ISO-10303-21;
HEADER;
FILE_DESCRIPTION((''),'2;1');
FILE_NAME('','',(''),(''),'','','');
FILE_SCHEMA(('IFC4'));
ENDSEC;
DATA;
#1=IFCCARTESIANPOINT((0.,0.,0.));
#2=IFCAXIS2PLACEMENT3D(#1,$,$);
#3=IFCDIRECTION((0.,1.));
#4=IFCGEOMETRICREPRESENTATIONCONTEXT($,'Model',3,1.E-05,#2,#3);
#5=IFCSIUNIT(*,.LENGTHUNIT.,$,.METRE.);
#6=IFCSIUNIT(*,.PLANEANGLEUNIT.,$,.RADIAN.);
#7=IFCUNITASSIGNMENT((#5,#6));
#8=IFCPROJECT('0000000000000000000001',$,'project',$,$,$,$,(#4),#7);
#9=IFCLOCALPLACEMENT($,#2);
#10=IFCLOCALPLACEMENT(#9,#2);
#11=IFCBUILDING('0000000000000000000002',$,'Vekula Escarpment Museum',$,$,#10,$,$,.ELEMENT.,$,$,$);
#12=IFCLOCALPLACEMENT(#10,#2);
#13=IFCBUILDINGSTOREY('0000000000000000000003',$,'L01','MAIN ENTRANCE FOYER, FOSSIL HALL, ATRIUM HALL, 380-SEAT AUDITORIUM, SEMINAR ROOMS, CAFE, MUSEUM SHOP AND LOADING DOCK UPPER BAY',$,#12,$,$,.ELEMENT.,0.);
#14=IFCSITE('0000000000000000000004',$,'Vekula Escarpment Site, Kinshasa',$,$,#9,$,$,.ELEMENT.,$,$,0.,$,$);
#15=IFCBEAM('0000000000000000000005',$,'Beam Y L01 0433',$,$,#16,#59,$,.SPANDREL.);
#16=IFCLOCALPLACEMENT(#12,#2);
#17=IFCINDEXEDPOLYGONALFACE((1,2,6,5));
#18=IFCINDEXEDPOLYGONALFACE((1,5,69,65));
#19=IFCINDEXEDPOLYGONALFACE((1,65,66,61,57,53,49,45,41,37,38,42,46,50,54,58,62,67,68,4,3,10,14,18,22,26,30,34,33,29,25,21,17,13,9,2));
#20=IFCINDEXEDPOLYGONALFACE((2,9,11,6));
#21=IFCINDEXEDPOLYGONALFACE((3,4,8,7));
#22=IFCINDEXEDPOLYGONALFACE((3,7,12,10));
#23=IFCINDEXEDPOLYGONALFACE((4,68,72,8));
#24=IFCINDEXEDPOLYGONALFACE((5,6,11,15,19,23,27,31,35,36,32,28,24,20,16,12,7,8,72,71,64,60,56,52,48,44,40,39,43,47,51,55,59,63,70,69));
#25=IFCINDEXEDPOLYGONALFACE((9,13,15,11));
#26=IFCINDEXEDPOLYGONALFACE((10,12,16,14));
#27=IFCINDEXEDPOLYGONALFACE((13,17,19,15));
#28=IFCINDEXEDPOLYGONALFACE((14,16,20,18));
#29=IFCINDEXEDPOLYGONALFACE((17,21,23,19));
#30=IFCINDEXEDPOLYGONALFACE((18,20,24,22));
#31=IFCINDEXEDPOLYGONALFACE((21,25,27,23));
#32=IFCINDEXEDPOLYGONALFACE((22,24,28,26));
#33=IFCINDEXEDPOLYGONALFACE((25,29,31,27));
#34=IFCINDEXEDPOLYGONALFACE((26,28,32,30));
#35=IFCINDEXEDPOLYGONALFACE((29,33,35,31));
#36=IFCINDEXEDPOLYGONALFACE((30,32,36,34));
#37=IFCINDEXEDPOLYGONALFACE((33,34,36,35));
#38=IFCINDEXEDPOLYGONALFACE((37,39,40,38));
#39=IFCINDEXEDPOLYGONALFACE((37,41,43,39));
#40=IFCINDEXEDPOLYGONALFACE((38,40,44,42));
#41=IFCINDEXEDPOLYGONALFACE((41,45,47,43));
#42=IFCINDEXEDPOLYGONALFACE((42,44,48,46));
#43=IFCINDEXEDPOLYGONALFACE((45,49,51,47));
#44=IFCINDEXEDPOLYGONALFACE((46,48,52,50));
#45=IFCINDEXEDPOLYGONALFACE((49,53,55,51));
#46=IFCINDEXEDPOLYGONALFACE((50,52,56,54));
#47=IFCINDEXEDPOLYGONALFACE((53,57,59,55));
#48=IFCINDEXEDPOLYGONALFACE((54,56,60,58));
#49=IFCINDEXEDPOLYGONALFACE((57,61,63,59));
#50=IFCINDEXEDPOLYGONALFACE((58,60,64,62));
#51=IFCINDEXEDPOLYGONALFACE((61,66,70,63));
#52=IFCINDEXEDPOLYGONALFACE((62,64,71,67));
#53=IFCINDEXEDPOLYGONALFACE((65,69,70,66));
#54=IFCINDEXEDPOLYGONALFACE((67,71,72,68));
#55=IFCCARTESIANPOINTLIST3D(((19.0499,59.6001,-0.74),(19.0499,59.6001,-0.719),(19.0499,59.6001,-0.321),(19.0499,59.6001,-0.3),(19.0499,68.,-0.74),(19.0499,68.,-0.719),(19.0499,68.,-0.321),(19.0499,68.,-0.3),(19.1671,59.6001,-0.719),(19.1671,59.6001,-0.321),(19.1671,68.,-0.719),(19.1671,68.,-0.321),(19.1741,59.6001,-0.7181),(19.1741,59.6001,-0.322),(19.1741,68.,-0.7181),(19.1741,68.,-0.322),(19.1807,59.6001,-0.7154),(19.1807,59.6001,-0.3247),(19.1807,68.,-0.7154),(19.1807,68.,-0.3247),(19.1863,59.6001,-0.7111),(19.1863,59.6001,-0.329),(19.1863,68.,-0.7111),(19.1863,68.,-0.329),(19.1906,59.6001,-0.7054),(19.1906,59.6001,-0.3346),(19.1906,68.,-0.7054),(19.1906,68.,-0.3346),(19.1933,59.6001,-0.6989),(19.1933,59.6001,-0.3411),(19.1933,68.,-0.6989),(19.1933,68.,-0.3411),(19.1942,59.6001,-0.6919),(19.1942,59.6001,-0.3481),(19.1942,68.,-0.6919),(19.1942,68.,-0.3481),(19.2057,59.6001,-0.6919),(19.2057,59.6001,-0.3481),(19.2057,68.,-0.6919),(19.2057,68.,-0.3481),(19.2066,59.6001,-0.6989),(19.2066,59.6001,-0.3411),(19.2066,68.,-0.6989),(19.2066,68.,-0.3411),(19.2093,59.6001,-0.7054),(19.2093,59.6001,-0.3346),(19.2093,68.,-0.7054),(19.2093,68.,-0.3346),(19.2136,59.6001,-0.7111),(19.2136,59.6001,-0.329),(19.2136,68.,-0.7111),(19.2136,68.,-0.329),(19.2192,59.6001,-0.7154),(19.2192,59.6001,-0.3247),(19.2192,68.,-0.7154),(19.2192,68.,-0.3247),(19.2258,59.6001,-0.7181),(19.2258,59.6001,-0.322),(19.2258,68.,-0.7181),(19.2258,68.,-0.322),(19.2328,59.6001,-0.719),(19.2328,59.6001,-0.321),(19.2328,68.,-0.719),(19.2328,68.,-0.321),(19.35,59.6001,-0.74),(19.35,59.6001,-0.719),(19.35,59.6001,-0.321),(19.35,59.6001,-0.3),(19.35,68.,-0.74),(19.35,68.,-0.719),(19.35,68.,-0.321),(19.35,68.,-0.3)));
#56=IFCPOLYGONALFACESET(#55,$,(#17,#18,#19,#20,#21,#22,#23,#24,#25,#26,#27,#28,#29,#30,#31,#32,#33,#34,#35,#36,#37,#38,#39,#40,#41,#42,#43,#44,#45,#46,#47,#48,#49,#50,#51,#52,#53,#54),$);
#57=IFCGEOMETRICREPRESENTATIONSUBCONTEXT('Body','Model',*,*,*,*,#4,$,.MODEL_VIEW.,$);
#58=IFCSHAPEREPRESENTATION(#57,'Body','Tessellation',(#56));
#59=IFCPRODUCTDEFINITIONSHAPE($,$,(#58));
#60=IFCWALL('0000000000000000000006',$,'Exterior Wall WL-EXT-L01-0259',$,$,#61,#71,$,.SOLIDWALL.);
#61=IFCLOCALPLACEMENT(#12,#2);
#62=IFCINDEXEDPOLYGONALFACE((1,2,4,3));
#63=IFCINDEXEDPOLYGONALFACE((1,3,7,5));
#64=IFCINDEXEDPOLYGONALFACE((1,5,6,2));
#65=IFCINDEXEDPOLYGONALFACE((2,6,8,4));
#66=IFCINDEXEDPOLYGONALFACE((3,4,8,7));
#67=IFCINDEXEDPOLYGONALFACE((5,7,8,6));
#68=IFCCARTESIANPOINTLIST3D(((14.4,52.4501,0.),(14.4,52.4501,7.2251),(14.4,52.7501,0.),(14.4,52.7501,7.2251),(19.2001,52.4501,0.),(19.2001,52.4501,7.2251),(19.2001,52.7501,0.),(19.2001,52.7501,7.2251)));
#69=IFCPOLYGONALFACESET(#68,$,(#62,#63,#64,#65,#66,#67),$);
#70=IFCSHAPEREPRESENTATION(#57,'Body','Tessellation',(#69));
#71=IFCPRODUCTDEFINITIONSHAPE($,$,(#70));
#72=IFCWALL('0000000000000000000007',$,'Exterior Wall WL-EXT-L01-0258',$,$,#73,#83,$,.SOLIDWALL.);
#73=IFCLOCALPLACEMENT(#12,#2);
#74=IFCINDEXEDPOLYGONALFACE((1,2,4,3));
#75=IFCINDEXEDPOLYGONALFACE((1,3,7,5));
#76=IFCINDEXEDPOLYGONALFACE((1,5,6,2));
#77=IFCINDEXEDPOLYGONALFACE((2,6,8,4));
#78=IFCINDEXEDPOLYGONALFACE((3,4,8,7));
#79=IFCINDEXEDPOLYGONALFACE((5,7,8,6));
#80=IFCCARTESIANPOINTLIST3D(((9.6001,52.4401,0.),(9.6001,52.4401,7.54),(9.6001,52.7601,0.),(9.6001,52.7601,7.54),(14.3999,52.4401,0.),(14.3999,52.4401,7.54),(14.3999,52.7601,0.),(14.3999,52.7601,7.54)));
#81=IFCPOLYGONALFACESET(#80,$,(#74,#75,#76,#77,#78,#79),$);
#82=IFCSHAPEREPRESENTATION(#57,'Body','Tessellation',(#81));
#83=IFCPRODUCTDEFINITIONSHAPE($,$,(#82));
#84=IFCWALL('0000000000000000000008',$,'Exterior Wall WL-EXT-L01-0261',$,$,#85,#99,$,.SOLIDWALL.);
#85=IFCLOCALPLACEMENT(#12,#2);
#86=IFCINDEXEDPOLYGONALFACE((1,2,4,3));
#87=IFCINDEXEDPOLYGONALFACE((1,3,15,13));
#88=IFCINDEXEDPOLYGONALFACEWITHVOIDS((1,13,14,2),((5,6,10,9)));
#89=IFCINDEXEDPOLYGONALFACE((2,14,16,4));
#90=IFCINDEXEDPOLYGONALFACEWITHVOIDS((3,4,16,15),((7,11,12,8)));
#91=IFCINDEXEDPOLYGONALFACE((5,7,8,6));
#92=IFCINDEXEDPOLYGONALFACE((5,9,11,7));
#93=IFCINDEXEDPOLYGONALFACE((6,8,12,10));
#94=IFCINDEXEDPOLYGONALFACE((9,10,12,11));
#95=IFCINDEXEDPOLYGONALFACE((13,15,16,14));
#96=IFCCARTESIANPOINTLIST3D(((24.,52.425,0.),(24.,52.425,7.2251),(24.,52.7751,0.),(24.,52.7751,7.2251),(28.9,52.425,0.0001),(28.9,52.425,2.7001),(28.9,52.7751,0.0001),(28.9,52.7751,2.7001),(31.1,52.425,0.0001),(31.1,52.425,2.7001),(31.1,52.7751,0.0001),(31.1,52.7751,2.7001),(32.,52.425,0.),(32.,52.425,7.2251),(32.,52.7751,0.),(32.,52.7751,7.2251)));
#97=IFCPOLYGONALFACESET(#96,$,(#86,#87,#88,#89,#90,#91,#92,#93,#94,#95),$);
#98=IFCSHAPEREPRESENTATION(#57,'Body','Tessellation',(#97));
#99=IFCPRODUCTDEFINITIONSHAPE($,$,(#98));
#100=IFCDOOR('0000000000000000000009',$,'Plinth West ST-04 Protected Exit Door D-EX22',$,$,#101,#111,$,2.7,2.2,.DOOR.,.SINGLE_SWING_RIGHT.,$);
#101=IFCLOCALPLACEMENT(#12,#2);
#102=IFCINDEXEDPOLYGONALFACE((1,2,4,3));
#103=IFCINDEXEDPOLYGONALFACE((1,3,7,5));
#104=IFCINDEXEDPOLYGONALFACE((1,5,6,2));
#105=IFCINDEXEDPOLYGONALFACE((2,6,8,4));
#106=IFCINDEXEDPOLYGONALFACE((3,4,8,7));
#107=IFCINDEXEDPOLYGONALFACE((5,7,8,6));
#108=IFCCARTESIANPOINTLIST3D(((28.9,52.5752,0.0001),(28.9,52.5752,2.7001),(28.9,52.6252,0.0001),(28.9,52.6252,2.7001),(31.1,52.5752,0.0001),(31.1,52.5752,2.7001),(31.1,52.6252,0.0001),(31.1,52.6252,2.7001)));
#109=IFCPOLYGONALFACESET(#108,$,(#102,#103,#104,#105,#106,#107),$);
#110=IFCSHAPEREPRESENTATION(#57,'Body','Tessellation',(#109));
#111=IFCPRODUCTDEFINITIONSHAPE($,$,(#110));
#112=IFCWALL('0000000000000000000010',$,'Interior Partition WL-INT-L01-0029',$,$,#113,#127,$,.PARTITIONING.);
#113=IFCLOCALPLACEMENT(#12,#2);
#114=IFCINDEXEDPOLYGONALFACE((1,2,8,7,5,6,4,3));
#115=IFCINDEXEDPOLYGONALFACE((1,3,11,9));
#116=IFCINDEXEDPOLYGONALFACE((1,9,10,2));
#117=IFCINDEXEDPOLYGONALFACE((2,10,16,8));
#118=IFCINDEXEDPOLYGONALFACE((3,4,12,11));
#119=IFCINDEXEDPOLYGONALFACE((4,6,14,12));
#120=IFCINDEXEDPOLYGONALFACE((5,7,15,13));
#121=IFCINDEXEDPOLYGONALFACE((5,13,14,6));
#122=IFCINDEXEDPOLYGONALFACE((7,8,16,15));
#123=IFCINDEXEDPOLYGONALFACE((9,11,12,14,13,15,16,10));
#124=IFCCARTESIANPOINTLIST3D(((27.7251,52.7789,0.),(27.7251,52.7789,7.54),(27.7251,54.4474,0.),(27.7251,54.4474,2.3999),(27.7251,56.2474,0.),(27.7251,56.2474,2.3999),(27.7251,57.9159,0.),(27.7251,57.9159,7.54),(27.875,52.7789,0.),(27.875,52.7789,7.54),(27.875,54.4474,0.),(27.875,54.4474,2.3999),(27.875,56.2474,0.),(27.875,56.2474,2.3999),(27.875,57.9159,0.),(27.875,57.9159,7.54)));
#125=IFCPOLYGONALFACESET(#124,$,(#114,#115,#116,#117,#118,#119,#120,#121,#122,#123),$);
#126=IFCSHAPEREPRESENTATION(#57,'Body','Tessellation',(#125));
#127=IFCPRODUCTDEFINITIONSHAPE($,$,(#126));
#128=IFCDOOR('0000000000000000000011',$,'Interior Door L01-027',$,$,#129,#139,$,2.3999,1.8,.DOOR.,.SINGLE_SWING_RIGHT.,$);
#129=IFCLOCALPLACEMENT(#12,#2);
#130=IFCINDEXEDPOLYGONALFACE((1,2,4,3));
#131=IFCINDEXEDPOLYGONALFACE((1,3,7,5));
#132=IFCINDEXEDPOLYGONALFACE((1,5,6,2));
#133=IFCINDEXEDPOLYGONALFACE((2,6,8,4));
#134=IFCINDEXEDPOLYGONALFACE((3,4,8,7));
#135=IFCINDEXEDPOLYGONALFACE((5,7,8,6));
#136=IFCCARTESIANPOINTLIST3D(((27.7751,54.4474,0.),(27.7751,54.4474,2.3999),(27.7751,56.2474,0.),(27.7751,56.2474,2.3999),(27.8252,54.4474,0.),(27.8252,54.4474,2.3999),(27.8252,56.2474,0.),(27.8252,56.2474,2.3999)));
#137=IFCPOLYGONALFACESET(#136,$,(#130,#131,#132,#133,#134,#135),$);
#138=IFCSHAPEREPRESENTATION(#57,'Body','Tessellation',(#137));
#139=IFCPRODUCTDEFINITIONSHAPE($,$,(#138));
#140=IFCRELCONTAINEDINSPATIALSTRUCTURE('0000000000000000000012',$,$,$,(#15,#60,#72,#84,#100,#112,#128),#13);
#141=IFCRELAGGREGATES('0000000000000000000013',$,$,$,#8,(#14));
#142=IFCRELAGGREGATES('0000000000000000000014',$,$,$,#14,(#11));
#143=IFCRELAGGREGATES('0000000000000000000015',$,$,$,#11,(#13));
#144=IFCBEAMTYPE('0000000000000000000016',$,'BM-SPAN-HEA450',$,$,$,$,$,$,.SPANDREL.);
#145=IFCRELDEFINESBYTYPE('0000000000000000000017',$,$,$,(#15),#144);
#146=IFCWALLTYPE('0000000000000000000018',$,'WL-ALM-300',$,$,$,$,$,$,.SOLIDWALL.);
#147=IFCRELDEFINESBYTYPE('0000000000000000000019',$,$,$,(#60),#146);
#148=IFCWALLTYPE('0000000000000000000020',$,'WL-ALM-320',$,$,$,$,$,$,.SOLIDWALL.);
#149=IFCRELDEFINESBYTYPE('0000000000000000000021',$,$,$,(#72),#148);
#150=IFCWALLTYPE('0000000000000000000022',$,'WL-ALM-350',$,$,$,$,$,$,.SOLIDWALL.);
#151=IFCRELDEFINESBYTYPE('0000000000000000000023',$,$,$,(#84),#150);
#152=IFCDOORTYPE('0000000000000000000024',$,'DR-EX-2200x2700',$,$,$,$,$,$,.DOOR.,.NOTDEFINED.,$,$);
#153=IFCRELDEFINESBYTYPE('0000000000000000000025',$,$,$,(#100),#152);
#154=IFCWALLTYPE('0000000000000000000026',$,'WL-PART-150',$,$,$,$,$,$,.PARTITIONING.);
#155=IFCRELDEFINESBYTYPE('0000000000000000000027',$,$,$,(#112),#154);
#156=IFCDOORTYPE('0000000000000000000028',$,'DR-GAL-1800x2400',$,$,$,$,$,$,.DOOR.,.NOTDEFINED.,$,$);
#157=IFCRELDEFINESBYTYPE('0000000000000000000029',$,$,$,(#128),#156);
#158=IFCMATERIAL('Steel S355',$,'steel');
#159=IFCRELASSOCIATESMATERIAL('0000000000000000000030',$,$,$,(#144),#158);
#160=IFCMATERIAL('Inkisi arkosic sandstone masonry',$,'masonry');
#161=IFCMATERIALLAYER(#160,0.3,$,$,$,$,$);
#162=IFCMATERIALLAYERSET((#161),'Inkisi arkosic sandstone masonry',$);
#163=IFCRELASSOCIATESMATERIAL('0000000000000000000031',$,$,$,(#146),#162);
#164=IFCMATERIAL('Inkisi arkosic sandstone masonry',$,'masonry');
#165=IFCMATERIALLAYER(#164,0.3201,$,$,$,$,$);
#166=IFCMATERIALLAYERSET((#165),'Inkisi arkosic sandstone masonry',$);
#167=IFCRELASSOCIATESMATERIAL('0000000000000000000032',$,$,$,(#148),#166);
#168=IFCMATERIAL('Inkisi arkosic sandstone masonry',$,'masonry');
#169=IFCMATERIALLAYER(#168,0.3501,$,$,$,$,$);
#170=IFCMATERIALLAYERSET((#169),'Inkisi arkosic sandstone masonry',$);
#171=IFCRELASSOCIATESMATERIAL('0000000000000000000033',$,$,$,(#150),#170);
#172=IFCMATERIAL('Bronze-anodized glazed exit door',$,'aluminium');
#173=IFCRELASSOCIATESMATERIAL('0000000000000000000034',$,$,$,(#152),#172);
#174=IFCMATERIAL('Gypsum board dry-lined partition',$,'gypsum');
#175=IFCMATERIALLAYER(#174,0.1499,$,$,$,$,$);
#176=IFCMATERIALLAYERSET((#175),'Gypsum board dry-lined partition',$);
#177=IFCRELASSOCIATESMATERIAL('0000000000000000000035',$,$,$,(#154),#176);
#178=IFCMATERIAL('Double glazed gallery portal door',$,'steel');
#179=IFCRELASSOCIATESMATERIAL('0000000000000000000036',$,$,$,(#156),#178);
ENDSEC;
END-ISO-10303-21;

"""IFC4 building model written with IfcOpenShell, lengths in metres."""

from ifc_helpers import new_model, si_unit, direction, frame, frame_2d, origin, origin_2d, place, context, subcontext, project, spatial, rectangle, i_section, extrude, material, layer, layer_set, material_profile, profile_set, type_object, element, fill, save


model = new_model("IFC4")

# Units and contexts
model_context = context("Model", 3, precision=1e-05, world=origin(), true_north=direction((0.0, 1.0)))
body_context = subcontext(model_context, "Body", "Model", "MODEL_VIEW")
ifc_project = project(units=[si_unit("LENGTHUNIT", "METRE"), si_unit("PLANEANGLEUNIT", "RADIAN")], contexts=[model_context])

# Site, building, storey
site_placement = place(None, origin())
site = spatial("IfcSite", under=ifc_project, at=site_placement, Name="Vekula Escarpment Site, Kinshasa", CompositionType="ELEMENT", RefElevation=0.0)
building_placement = place(site_placement, origin())
building = spatial("IfcBuilding", under=site, at=building_placement, Name="Vekula Escarpment Museum", CompositionType="ELEMENT")
storey_placement = place(building_placement, origin())
storey = spatial("IfcBuildingStorey", under=building, at=storey_placement, Name="L01", Description="MAIN ENTRANCE FOYER, FOSSIL HALL, ATRIUM HALL, 380-SEAT AUDITORIUM, SEMINAR ROOMS, CAFE, MUSEUM SHOP AND LOADING DOCK UPPER BAY", CompositionType="ELEMENT", Elevation=0.0)

# Beam
ifc_material_1 = material(Name="Steel S355", Category="steel")
ifc_material_profile_1 = material_profile(ifc_material_1, i_section(OverallWidth=0.3, OverallDepth=0.4399, WebThickness=0.0115, FlangeThickness=0.021, FilletRadius=0.0271, at=origin_2d()), Name="HEA 450")
ifc_profile_set_1 = profile_set([ifc_material_profile_1], Name="Steel S355")
beam_type_1 = type_object("IfcBeamType", Name="BM-SPAN-HEA450", PredefinedType="SPANDREL", material=ifc_profile_set_1)
for number, where, z_axis, x_axis, name in (
    (1, (19.2, 59.6001, -0.52), (0.0, 1.0, 0.0), (-1.0, 0.0, 0.0), "Beam Y L01 0433"),
):
    element("IfcBeam", number, at=place(storey_placement, frame(where, z_axis=z_axis, x_axis=x_axis)), inside=storey, type_object=beam_type_1, Name=name, PredefinedType="SPANDREL", context=body_context, shape_type="SweptSolid", body=[
        extrude(i_section(OverallWidth=0.3, OverallDepth=0.4399, WebThickness=0.0115, FlangeThickness=0.021, FilletRadius=0.0271, at=origin_2d()), origin(), (0.0, 0.0, 1.0), 8.3999),
    ])

# Walls
ifc_material_2 = material(Name="Inkisi arkosic sandstone masonry", Category="masonry")
ifc_layer_1 = layer(ifc_material_2, 0.3)
ifc_layer_set_1 = layer_set([ifc_layer_1], Name="Inkisi arkosic sandstone masonry")
wall_type_1 = type_object("IfcWallType", Name="WL-ALM-300", PredefinedType="SOLIDWALL", material=ifc_layer_set_1)
wall_1_placement = place(storey_placement, frame((19.2, 52.6001, 0.0), z_axis=(0.0, 0.0, 1.0), x_axis=(-1.0, 0.0, 0.0)))
element("IfcWall", 2, at=wall_1_placement, inside=storey, type_object=wall_type_1, Name="Exterior Wall WL-EXT-L01-0259", PredefinedType="SOLIDWALL", context=body_context, shape_type="SweptSolid", body=[
    extrude(rectangle(XDim=4.8, YDim=0.3, at=frame_2d((2.3999, 0.0))), origin(), (0.0, 0.0, 1.0), 7.2251),
])
ifc_material_3 = material(Name="Inkisi arkosic sandstone masonry", Category="masonry")
ifc_layer_2 = layer(ifc_material_3, 0.3201)
ifc_layer_set_2 = layer_set([ifc_layer_2], Name="Inkisi arkosic sandstone masonry")
wall_type_2 = type_object("IfcWallType", Name="WL-ALM-320", PredefinedType="SOLIDWALL", material=ifc_layer_set_2)
wall_2_placement = place(storey_placement, frame((14.3999, 52.6001, 0.0), z_axis=(0.0, 0.0, 1.0), x_axis=(-1.0, 0.0, 0.0)))
element("IfcWall", 3, at=wall_2_placement, inside=storey, type_object=wall_type_2, Name="Exterior Wall WL-EXT-L01-0258", PredefinedType="SOLIDWALL", context=body_context, shape_type="SweptSolid", body=[
    extrude(rectangle(XDim=4.7998, YDim=0.3201, at=frame_2d((2.3999, 0.0))), origin(), (0.0, 0.0, 1.0), 7.54),
])

# Walls, openings, doors
ifc_material_4 = material(Name="Inkisi arkosic sandstone masonry", Category="masonry")
ifc_layer_3 = layer(ifc_material_4, 0.3501)
ifc_layer_set_3 = layer_set([ifc_layer_3], Name="Inkisi arkosic sandstone masonry")
wall_type_3 = type_object("IfcWallType", Name="WL-ALM-350", PredefinedType="SOLIDWALL", material=ifc_layer_set_3)
wall_3_placement = place(storey_placement, frame((32.0, 52.6001, 0.0), z_axis=(0.0, 0.0, 1.0), x_axis=(-1.0, 0.0, 0.0)))
wall_3 = element("IfcWall", 4, at=wall_3_placement, inside=storey, type_object=wall_type_3, Name="Exterior Wall WL-EXT-L01-0261", PredefinedType="SOLIDWALL", context=body_context, shape_type="SweptSolid", body=[
    extrude(rectangle(XDim=8.0, YDim=0.3501, at=frame_2d((4.0, 0.0))), origin(), (0.0, 0.0, 1.0), 7.2251),
])
opening_1_placement = place(wall_3_placement, frame((0.8999, 0.0, 0.0)))
opening_1 = element("IfcOpeningElement", 5, at=opening_1_placement, cuts=wall_3, PredefinedType="OPENING", context=body_context, shape_type="SweptSolid", body=[
    extrude(rectangle(XDim=2.2, YDim=2.7, at=frame_2d((1.1001, 1.3501))), frame((0.0, 0.1851, 0.0), z_axis=(0.0, -1.0, 0.0), x_axis=(1.0, 0.0, 0.0)), (0.0, 0.0, 1.0), 0.3701),
])
ifc_material_5 = material(Name="Bronze-anodized glazed exit door", Category="aluminium")
door_type_1 = type_object("IfcDoorType", Name="DR-EX-2200x2700", OperationType="NOTDEFINED", PredefinedType="DOOR", material=ifc_material_5)
door_1_placement = place(opening_1_placement, origin())
door_1 = element("IfcDoor", 6, at=door_1_placement, inside=storey, type_object=door_type_1, Name="Plinth West ST-04 Protected Exit Door D-EX22", OperationType="SINGLE_SWING_RIGHT", OverallHeight=2.7, OverallWidth=2.2, PredefinedType="DOOR", context=body_context, shape_type="SweptSolid", body=[
    extrude(rectangle(XDim=2.2, YDim=2.7, at=frame_2d((1.1001, 1.3501))), frame((0.0, 0.0249, 0.0), z_axis=(0.0, -1.0, 0.0), x_axis=(1.0, 0.0, 0.0)), (0.0, 0.0, 1.0), 0.05),
])
fill(opening_1, door_1)
ifc_material_6 = material(Name="Gypsum board dry-lined partition", Category="gypsum")
ifc_layer_4 = layer(ifc_material_6, 0.1499)
ifc_layer_set_4 = layer_set([ifc_layer_4], Name="Gypsum board dry-lined partition")
wall_type_4 = type_object("IfcWallType", Name="WL-PART-150", PredefinedType="PARTITIONING", material=ifc_layer_set_4)
wall_4_placement = place(storey_placement, frame((27.8, 52.7791, 0.0), z_axis=(0.0, 0.0, 1.0), x_axis=(0.0, 1.0, 0.0)))
wall_4 = element("IfcWall", 7, at=wall_4_placement, inside=storey, type_object=wall_type_4, Name="Interior Partition WL-INT-L01-0029", PredefinedType="PARTITIONING", context=body_context, shape_type="SweptSolid", body=[
    extrude(rectangle(XDim=5.137, YDim=0.1499, at=frame_2d((2.5684, 0.0))), origin(), (0.0, 0.0, 1.0), 7.54),
])
opening_2_placement = place(wall_4_placement, frame((1.6685, 0.0, 0.0)))
opening_2 = element("IfcOpeningElement", 8, at=opening_2_placement, cuts=wall_4, PredefinedType="OPENING", context=body_context, shape_type="SweptSolid", body=[
    extrude(rectangle(XDim=1.8, YDim=2.3999, at=frame_2d((0.8999, 1.2))), frame((0.0, 0.085, 0.0), z_axis=(0.0, -1.0, 0.0), x_axis=(1.0, 0.0, 0.0)), (0.0, 0.0, 1.0), 0.1699),
])
ifc_material_7 = material(Name="Double glazed gallery portal door", Category="steel")
door_type_2 = type_object("IfcDoorType", Name="DR-GAL-1800x2400", OperationType="NOTDEFINED", PredefinedType="DOOR", material=ifc_material_7)
door_2_placement = place(opening_2_placement, origin())
door_2 = element("IfcDoor", 9, at=door_2_placement, inside=storey, type_object=door_type_2, Name="Interior Door L01-027", OperationType="SINGLE_SWING_RIGHT", OverallHeight=2.3999, OverallWidth=1.8, PredefinedType="DOOR", context=body_context, shape_type="SweptSolid", body=[
    extrude(rectangle(XDim=1.8, YDim=2.3999, at=frame_2d((0.8999, 1.2))), frame((0.0, 0.0249, 0.0), z_axis=(0.0, -1.0, 0.0), x_axis=(1.0, 0.0, 0.0)), (0.0, 0.0, 1.0), 0.05),
])
fill(opening_2, door_2)

save(model, "model.ifc")
